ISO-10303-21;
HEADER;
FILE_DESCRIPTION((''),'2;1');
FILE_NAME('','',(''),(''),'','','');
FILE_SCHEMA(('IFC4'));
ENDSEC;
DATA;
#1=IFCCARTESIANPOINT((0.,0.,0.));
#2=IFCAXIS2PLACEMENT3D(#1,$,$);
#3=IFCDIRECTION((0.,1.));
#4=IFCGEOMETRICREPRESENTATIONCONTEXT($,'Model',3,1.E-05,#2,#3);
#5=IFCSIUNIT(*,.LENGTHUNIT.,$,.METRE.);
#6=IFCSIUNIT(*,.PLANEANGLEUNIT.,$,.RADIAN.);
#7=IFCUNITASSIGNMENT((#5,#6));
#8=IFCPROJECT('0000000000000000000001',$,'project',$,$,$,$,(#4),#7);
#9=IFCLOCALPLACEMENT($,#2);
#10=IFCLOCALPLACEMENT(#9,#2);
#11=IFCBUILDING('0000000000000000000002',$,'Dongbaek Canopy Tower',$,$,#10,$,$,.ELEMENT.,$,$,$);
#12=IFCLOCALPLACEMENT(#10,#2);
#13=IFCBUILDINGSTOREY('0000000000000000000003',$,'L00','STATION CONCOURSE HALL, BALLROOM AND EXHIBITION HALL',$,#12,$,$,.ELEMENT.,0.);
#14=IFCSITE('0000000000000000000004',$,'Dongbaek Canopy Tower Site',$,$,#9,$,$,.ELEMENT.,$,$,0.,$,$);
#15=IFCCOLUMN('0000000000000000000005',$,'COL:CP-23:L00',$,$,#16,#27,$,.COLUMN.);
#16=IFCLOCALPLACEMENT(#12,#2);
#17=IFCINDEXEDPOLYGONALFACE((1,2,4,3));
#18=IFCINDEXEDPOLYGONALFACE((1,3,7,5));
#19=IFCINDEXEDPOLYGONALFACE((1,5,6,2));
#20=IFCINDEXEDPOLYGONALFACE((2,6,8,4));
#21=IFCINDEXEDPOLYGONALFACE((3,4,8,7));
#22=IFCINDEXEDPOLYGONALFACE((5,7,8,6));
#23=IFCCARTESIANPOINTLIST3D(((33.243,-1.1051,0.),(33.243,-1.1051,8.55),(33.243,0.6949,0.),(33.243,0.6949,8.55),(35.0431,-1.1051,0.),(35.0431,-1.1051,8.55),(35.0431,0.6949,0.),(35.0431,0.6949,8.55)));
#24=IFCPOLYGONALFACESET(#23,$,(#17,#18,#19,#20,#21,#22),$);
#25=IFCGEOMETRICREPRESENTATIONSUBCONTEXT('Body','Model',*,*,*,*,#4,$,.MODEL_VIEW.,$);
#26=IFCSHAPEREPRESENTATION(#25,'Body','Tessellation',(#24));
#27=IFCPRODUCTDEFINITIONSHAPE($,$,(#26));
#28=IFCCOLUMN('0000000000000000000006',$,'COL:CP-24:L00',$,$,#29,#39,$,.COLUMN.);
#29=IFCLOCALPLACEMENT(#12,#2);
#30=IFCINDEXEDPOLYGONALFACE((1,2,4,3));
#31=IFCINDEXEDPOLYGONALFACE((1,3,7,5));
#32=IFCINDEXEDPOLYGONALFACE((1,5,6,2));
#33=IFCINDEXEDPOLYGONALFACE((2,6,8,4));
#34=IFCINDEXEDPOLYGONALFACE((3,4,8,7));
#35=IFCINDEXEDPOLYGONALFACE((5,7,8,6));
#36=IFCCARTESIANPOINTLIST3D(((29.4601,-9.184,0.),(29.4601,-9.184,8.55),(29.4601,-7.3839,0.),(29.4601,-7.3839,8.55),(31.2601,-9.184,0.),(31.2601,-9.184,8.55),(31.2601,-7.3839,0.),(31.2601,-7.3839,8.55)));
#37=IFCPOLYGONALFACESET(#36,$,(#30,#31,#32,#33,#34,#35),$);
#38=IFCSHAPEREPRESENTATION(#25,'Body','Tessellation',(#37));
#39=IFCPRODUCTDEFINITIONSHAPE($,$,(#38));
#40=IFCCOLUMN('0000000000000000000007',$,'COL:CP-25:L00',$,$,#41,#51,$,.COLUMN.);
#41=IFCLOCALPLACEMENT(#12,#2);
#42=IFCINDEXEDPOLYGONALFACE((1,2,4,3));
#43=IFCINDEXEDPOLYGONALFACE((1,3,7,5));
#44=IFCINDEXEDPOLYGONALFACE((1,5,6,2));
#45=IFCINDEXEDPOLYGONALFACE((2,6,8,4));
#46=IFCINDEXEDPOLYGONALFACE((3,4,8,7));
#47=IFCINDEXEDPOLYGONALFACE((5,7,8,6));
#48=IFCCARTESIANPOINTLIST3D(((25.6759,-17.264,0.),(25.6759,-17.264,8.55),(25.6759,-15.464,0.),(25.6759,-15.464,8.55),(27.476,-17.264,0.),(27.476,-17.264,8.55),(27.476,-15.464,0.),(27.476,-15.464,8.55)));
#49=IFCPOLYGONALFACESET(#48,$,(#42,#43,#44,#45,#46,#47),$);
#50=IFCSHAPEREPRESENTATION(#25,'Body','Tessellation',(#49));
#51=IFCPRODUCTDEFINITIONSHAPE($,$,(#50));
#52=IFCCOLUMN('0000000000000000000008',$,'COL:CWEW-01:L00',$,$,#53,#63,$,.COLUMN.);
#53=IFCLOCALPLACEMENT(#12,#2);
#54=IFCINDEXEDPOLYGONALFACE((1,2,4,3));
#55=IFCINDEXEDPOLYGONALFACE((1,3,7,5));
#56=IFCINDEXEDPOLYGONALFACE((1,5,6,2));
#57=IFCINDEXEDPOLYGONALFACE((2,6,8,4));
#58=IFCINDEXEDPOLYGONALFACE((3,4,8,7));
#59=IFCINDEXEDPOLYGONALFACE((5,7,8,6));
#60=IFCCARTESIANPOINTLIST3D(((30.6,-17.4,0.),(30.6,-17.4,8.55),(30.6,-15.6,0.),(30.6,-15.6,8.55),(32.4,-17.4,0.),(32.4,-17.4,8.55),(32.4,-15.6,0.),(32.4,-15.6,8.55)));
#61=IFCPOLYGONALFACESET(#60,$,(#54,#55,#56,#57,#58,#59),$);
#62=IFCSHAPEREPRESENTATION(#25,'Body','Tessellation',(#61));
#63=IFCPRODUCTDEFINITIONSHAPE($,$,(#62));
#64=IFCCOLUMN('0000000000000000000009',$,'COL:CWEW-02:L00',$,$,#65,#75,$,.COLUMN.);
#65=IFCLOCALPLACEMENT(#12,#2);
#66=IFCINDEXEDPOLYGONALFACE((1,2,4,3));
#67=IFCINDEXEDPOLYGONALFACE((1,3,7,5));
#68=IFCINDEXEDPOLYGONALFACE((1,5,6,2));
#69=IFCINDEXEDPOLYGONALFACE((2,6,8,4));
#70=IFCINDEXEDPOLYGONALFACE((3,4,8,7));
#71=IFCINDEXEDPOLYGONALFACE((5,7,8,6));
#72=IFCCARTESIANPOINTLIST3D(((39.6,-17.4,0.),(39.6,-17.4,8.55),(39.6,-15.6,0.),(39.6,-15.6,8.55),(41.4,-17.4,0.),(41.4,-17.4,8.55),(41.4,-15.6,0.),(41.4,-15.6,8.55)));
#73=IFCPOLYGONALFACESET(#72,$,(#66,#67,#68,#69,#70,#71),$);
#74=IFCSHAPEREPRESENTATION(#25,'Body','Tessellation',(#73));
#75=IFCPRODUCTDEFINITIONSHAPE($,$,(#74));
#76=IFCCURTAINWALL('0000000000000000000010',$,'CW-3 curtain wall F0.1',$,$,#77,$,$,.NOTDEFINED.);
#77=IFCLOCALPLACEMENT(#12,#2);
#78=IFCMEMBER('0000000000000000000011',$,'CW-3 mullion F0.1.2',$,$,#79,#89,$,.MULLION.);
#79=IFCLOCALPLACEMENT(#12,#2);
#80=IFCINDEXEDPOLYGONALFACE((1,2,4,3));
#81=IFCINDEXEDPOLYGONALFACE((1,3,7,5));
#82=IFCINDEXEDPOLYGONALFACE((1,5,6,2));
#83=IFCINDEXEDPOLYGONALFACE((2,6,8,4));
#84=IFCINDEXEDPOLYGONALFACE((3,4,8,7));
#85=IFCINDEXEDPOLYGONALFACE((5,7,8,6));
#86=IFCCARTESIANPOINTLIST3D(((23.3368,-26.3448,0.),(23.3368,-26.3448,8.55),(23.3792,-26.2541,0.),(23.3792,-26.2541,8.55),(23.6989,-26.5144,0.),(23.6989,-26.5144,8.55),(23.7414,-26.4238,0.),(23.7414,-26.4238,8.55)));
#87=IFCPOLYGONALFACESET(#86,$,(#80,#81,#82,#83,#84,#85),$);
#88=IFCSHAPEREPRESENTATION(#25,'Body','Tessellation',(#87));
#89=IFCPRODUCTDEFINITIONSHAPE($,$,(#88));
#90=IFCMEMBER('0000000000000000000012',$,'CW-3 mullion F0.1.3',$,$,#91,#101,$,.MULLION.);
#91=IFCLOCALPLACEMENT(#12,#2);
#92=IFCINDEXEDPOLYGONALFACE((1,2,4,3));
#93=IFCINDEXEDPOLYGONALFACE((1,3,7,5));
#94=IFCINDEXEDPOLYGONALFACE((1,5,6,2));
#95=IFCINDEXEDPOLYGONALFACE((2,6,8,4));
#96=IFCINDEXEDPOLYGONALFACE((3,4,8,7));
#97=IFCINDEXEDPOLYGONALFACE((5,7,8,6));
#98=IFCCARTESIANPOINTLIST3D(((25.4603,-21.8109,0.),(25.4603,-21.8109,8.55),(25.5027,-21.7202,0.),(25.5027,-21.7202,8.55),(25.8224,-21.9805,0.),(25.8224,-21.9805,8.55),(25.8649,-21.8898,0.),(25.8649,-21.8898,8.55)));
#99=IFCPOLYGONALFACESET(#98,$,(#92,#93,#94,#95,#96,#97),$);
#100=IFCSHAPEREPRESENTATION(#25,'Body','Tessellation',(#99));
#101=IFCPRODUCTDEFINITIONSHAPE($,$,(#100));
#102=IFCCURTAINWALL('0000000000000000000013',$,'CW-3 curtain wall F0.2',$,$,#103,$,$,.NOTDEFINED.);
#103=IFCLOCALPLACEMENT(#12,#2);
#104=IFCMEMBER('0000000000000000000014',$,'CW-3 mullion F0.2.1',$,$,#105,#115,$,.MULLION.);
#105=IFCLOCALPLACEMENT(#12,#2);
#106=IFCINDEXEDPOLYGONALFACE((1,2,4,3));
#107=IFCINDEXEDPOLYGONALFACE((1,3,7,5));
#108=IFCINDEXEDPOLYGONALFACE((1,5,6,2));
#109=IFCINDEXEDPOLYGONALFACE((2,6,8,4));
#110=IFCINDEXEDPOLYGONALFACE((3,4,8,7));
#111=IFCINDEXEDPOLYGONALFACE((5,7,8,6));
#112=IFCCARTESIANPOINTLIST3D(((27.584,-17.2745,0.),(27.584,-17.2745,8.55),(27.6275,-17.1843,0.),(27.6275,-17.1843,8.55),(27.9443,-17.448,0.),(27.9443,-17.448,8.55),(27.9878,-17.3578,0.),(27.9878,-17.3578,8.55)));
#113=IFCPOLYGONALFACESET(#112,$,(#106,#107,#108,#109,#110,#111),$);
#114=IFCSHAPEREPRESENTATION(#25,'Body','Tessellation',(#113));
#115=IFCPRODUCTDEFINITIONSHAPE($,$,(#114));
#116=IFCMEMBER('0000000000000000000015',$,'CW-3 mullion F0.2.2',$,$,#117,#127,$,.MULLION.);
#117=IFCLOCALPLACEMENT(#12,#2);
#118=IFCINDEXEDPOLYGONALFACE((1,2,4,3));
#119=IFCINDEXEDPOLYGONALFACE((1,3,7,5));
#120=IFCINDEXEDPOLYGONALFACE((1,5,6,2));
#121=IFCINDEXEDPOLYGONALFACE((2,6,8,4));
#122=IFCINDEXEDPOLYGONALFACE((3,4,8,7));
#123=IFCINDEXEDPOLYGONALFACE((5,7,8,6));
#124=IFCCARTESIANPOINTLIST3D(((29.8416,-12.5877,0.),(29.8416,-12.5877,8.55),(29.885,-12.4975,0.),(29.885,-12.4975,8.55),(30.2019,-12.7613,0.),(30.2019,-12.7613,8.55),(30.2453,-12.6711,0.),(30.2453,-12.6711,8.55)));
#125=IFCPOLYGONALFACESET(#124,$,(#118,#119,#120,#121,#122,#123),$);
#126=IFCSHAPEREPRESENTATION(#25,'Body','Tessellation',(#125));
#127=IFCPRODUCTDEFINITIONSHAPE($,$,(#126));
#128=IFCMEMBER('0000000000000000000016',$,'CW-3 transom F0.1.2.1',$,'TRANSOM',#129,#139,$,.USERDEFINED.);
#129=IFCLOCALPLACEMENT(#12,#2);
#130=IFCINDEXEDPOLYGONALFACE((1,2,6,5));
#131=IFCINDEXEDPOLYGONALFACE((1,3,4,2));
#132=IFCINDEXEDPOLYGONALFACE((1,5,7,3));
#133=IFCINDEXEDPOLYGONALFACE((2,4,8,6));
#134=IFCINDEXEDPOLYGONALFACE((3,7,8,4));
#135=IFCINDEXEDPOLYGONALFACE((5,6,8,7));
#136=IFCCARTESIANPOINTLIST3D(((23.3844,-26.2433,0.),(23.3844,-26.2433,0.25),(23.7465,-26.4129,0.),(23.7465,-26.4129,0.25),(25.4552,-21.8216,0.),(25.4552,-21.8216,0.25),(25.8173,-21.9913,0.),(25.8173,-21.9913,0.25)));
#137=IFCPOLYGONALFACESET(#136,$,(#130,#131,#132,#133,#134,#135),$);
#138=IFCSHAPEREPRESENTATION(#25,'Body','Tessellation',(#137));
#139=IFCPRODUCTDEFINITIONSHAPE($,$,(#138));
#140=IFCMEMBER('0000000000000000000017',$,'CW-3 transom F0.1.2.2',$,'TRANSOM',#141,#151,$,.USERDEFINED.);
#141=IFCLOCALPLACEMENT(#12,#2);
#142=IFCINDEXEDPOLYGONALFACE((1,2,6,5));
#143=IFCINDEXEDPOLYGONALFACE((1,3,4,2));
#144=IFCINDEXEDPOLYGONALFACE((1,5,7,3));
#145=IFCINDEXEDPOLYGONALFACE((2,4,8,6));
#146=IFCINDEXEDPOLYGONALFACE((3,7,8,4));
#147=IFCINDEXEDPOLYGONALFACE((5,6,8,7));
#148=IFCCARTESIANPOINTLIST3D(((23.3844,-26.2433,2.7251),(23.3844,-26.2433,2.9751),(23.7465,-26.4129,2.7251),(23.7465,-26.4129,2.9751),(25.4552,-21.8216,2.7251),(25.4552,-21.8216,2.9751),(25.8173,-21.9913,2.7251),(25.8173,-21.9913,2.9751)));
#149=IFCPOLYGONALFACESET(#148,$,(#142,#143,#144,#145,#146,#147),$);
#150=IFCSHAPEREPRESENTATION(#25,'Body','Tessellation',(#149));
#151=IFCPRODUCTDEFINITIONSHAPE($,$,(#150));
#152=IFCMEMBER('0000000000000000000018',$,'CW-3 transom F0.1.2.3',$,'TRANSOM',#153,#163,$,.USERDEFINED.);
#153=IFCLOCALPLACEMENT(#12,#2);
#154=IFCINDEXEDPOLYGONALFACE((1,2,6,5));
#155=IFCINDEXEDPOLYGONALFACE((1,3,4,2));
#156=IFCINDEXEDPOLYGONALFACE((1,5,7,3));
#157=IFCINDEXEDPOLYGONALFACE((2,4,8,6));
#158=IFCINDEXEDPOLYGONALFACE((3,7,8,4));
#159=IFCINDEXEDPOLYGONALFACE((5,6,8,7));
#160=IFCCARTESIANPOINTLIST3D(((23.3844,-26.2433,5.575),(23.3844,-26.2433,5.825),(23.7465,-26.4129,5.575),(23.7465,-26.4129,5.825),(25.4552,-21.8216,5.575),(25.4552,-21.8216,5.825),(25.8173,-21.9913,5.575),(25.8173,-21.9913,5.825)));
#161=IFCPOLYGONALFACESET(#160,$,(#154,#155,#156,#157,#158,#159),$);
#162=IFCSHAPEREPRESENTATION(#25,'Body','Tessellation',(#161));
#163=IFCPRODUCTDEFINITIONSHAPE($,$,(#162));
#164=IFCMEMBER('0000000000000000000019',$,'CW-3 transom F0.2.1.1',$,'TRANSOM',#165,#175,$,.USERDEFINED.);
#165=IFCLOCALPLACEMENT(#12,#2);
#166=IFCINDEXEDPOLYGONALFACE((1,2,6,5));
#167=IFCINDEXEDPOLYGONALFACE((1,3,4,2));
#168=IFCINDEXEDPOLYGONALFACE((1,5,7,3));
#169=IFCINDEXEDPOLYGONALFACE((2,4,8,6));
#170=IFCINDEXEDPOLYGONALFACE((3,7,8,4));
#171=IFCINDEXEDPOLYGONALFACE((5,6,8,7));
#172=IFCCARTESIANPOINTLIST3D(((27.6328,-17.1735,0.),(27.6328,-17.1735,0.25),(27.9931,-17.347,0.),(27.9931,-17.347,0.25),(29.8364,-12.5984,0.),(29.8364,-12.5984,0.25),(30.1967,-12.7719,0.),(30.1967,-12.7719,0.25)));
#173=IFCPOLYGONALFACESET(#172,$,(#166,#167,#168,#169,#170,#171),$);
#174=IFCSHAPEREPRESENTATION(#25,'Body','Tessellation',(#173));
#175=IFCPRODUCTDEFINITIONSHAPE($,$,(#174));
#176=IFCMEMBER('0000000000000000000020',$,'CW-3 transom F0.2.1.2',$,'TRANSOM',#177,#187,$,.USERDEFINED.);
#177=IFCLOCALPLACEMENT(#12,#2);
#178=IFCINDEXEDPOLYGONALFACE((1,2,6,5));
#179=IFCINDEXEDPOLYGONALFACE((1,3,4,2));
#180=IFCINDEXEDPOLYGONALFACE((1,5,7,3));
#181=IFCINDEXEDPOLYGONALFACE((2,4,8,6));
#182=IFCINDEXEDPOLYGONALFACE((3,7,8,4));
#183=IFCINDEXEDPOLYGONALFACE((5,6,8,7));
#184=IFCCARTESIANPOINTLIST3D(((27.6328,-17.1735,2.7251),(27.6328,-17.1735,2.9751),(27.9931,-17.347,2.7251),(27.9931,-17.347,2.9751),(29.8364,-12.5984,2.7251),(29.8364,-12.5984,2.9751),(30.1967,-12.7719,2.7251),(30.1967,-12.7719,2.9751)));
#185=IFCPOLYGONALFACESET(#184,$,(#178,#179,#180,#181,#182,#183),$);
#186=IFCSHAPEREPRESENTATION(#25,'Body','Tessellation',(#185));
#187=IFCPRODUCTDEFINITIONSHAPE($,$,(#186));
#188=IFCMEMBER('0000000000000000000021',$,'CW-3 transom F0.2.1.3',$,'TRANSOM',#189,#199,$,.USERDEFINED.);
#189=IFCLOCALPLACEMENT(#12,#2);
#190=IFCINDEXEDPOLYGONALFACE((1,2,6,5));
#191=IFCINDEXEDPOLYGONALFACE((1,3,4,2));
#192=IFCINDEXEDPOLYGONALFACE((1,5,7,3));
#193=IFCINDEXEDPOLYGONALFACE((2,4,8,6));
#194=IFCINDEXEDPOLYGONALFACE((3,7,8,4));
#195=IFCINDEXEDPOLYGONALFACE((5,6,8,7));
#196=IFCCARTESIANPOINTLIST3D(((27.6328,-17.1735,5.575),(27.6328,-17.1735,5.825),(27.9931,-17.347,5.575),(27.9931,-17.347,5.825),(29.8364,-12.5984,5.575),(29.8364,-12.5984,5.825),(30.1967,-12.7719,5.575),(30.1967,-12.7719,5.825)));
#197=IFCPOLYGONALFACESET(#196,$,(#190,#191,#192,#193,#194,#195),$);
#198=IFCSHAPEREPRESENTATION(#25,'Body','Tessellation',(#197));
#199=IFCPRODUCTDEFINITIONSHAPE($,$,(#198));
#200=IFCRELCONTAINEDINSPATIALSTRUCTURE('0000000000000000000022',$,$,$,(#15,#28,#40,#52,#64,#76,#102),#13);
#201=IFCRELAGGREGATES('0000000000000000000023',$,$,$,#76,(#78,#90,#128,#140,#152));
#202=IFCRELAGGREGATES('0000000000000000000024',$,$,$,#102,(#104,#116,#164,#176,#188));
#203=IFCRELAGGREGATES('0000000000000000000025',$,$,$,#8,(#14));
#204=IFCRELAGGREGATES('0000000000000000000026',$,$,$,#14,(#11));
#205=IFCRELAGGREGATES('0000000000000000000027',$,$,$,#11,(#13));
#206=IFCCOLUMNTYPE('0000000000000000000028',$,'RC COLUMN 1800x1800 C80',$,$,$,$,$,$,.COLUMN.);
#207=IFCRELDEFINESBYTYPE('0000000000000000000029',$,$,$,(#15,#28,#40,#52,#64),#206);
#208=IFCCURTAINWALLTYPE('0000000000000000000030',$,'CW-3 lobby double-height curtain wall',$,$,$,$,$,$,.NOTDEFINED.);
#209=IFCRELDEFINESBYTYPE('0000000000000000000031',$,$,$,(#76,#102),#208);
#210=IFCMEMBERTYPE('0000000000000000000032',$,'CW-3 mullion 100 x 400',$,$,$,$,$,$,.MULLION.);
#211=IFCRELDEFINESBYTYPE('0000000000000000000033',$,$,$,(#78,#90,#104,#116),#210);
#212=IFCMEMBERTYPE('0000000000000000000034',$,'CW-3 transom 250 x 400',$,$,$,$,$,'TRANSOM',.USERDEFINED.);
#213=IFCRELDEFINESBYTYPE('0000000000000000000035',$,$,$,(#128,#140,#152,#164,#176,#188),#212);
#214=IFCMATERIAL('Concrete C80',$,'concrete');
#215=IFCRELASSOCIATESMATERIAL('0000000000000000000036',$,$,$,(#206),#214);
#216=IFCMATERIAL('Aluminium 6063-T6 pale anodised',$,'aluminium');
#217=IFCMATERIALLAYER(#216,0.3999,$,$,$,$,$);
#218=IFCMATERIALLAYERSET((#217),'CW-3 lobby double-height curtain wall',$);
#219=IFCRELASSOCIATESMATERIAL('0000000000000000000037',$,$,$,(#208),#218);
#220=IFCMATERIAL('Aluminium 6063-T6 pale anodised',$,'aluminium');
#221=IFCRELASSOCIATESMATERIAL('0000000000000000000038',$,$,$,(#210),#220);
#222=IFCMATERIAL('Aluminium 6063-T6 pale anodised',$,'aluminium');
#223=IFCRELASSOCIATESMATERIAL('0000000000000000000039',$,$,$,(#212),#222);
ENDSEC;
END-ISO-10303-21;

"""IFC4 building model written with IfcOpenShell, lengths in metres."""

from ifc_helpers import new_model, si_unit, direction, frame, origin, origin_2d, place, context, subcontext, project, spatial, rectangle, extrude, material, layer, layer_set, material_profile, profile_set, type_object, element, aggregate, save


model = new_model("IFC4")

# Units and contexts
model_context = context("Model", 3, precision=1e-05, world=origin(), true_north=direction((0.0, 1.0)))
body_context = subcontext(model_context, "Body", "Model", "MODEL_VIEW")
ifc_project = project(units=[si_unit("LENGTHUNIT", "METRE"), si_unit("PLANEANGLEUNIT", "RADIAN")], contexts=[model_context])

# Site, building, storey
site_placement = place(None, origin())
site = spatial("IfcSite", under=ifc_project, at=site_placement, Name="Dongbaek Canopy Tower Site", CompositionType="ELEMENT", RefElevation=0.0)
building_placement = place(site_placement, origin())
building = spatial("IfcBuilding", under=site, at=building_placement, Name="Dongbaek Canopy Tower", CompositionType="ELEMENT")
storey_placement = place(building_placement, origin())
storey = spatial("IfcBuildingStorey", under=building, at=storey_placement, Name="L00", Description="STATION CONCOURSE HALL, BALLROOM AND EXHIBITION HALL", CompositionType="ELEMENT", Elevation=0.0)

# Columns
ifc_material_1 = material(Name="Concrete C80", Category="concrete")
ifc_material_profile_1 = material_profile(ifc_material_1, rectangle(XDim=1.8, YDim=1.8, at=origin_2d()), Name="RC COLUMN 1800x1800 C80")
ifc_profile_set_1 = profile_set([ifc_material_profile_1], Name="Concrete C80")
column_type = type_object("IfcColumnType", Name="RC COLUMN 1800x1800 C80", PredefinedType="COLUMN", material=ifc_profile_set_1)
for number, where, z_axis, x_axis, name in (
    (1, (34.1431, -0.2051, 0.0), (0.0, 0.0, 1.0), (1.0, 0.0, 0.0), "COL:CP-23:L00"),
    (2, (30.3601, -8.2839, 0.0), (0.0, 0.0, 1.0), (1.0, 0.0, 0.0), "COL:CP-24:L00"),
    (3, (26.5759, -16.364, 0.0), (0.0, 0.0, 1.0), (1.0, 0.0, 0.0), "COL:CP-25:L00"),
    (4, (31.5, -16.5, 0.0), (0.0, 0.0, 1.0), (1.0, 0.0, 0.0), "COL:CWEW-01:L00"),
    (5, (40.5, -16.5, 0.0), (0.0, 0.0, 1.0), (1.0, 0.0, 0.0), "COL:CWEW-02:L00"),
):
    element("IfcColumn", number, at=place(storey_placement, frame(where, z_axis=z_axis, x_axis=x_axis)), inside=storey, type_object=column_type, Name=name, PredefinedType="COLUMN", context=body_context, shape_type="SweptSolid", body=[
        extrude(rectangle(XDim=1.8, YDim=1.8, at=origin_2d()), origin(), (0.0, 0.0, 1.0), 8.55),
    ])

# Curtain walls, members
ifc_material_2 = material(Name="Aluminium 6063-T6 pale anodised", Category="aluminium")
ifc_layer_1 = layer(ifc_material_2, 0.3999)
ifc_layer_set_1 = layer_set([ifc_layer_1], Name="CW-3 lobby double-height curtain wall")
curtain_wall_type = type_object("IfcCurtainWallType", Name="CW-3 lobby double-height curtain wall", PredefinedType="NOTDEFINED", material=ifc_layer_set_1)
curtain_wall_1_placement = place(storey_placement, origin())
curtain_wall_1 = element("IfcCurtainWall", 6, at=curtain_wall_1_placement, inside=storey, type_object=curtain_wall_type, Name="CW-3 curtain wall F0.1", PredefinedType="NOTDEFINED")
ifc_material_3 = material(Name="Aluminium 6063-T6 pale anodised", Category="aluminium")
ifc_material_profile_2 = material_profile(ifc_material_3, rectangle(XDim=0.3999, YDim=0.1001, at=origin_2d()), Name="CW-3 mullion 100 x 400")
ifc_profile_set_2 = profile_set([ifc_material_profile_2], Name="Aluminium 6063-T6 pale anodised")
member_type_1 = type_object("IfcMemberType", Name="CW-3 mullion 100 x 400", PredefinedType="MULLION", material=ifc_profile_set_2)
member_1_placement = place(storey_placement, frame((23.5391, -26.3843, 0.0), z_axis=(0.0, 0.0, 1.0), x_axis=(0.905605, -0.424123, 0.0)))
member_1 = element("IfcMember", 7, at=member_1_placement, type_object=member_type_1, Name="CW-3 mullion F0.1.2", PredefinedType="MULLION", context=body_context, shape_type="SweptSolid", body=[
    extrude(rectangle(XDim=0.3999, YDim=0.1001, at=origin_2d()), origin(), (0.0, 0.0, 1.0), 8.55),
])
member_2_placement = place(storey_placement, frame((25.6626, -21.8503, 0.0), z_axis=(0.0, 0.0, 1.0), x_axis=(0.905605, -0.424123, 0.0)))
member_2 = element("IfcMember", 8, at=member_2_placement, type_object=member_type_1, Name="CW-3 mullion F0.1.3", PredefinedType="MULLION", context=body_context, shape_type="SweptSolid", body=[
    extrude(rectangle(XDim=0.3999, YDim=0.1001, at=origin_2d()), origin(), (0.0, 0.0, 1.0), 8.55),
])
curtain_wall_2_placement = place(storey_placement, origin())
curtain_wall_2 = element("IfcCurtainWall", 9, at=curtain_wall_2_placement, inside=storey, type_object=curtain_wall_type, Name="CW-3 curtain wall F0.2", PredefinedType="NOTDEFINED")
member_3_placement = place(storey_placement, frame((27.7859, -17.3162, 0.0), z_axis=(0.0, 0.0, 1.0), x_axis=(0.900941, -0.433942, 0.0)))
member_3 = element("IfcMember", 10, at=member_3_placement, type_object=member_type_1, Name="CW-3 mullion F0.2.1", PredefinedType="MULLION", context=body_context, shape_type="SweptSolid", body=[
    extrude(rectangle(XDim=0.3999, YDim=0.1001, at=origin_2d()), origin(), (0.0, 0.0, 1.0), 8.55),
])
member_4_placement = place(storey_placement, frame((30.0435, -12.6294, 0.0), z_axis=(0.0, 0.0, 1.0), x_axis=(0.900941, -0.433942, 0.0)))
member_4 = element("IfcMember", 11, at=member_4_placement, type_object=member_type_1, Name="CW-3 mullion F0.2.2", PredefinedType="MULLION", context=body_context, shape_type="SweptSolid", body=[
    extrude(rectangle(XDim=0.3999, YDim=0.1001, at=origin_2d()), origin(), (0.0, 0.0, 1.0), 8.55),
])

# Members
ifc_material_4 = material(Name="Aluminium 6063-T6 pale anodised", Category="aluminium")
ifc_material_profile_3 = material_profile(ifc_material_4, rectangle(XDim=0.3999, YDim=0.25, at=origin_2d()), Name="CW-3 transom 250 x 400")
ifc_profile_set_3 = profile_set([ifc_material_profile_3], Name="Aluminium 6063-T6 pale anodised")
member_type_2 = type_object("IfcMemberType", Name="CW-3 transom 250 x 400", ElementType="TRANSOM", PredefinedType="USERDEFINED", material=ifc_profile_set_3)
member_5_placement = place(storey_placement, frame((23.5654, -26.3281, 0.125), z_axis=(0.424125, 0.905604, 0.0), x_axis=(-0.905604, 0.424125, 0.0)))
member_5 = element("IfcMember", 12, at=member_5_placement, type_object=member_type_2, Name="CW-3 transom F0.1.2.1", ObjectType="TRANSOM", PredefinedType="USERDEFINED", context=body_context, shape_type="SweptSolid", body=[
    extrude(rectangle(XDim=0.3999, YDim=0.25, at=origin_2d()), origin(), (0.0, 0.0, 1.0), 4.8826),
])
member_6_placement = place(storey_placement, frame((23.5654, -26.3281, 2.8501), z_axis=(0.424125, 0.905604, 0.0), x_axis=(-0.905604, 0.424125, 0.0)))
member_6 = element("IfcMember", 13, at=member_6_placement, type_object=member_type_2, Name="CW-3 transom F0.1.2.2", ObjectType="TRANSOM", PredefinedType="USERDEFINED", context=body_context, shape_type="SweptSolid", body=[
    extrude(rectangle(XDim=0.3999, YDim=0.25, at=origin_2d()), origin(), (0.0, 0.0, 1.0), 4.8826),
])
member_7_placement = place(storey_placement, frame((23.5654, -26.3281, 5.7), z_axis=(0.424125, 0.905604, 0.0), x_axis=(-0.905604, 0.424125, 0.0)))
member_7 = element("IfcMember", 14, at=member_7_placement, type_object=member_type_2, Name="CW-3 transom F0.1.2.3", ObjectType="TRANSOM", PredefinedType="USERDEFINED", context=body_context, shape_type="SweptSolid", body=[
    extrude(rectangle(XDim=0.3999, YDim=0.25, at=origin_2d()), origin(), (0.0, 0.0, 1.0), 4.8826),
])
member_8_placement = place(storey_placement, frame((27.813, -17.2603, 0.125), z_axis=(0.433934, 0.900945, 0.0), x_axis=(-0.900945, 0.433934, 0.0)))
member_8 = element("IfcMember", 15, at=member_8_placement, type_object=member_type_2, Name="CW-3 transom F0.2.1.1", ObjectType="TRANSOM", PredefinedType="USERDEFINED", context=body_context, shape_type="SweptSolid", body=[
    extrude(rectangle(XDim=0.3999, YDim=0.25, at=origin_2d()), origin(), (0.0, 0.0, 1.0), 5.0781),
])
member_9_placement = place(storey_placement, frame((27.813, -17.2603, 2.8501), z_axis=(0.433934, 0.900945, 0.0), x_axis=(-0.900945, 0.433934, 0.0)))
member_9 = element("IfcMember", 16, at=member_9_placement, type_object=member_type_2, Name="CW-3 transom F0.2.1.2", ObjectType="TRANSOM", PredefinedType="USERDEFINED", context=body_context, shape_type="SweptSolid", body=[
    extrude(rectangle(XDim=0.3999, YDim=0.25, at=origin_2d()), origin(), (0.0, 0.0, 1.0), 5.0781),
])
member_10_placement = place(storey_placement, frame((27.813, -17.2603, 5.7), z_axis=(0.433934, 0.900945, 0.0), x_axis=(-0.900945, 0.433934, 0.0)))
member_10 = element("IfcMember", 17, at=member_10_placement, type_object=member_type_2, Name="CW-3 transom F0.2.1.3", ObjectType="TRANSOM", PredefinedType="USERDEFINED", context=body_context, shape_type="SweptSolid", body=[
    extrude(rectangle(XDim=0.3999, YDim=0.25, at=origin_2d()), origin(), (0.0, 0.0, 1.0), 5.0781),
])

aggregate(curtain_wall_1, [member_1, member_2, member_5, member_6, member_7])
aggregate(curtain_wall_2, [member_3, member_4, member_8, member_9, member_10])

save(model, "model.ifc")
